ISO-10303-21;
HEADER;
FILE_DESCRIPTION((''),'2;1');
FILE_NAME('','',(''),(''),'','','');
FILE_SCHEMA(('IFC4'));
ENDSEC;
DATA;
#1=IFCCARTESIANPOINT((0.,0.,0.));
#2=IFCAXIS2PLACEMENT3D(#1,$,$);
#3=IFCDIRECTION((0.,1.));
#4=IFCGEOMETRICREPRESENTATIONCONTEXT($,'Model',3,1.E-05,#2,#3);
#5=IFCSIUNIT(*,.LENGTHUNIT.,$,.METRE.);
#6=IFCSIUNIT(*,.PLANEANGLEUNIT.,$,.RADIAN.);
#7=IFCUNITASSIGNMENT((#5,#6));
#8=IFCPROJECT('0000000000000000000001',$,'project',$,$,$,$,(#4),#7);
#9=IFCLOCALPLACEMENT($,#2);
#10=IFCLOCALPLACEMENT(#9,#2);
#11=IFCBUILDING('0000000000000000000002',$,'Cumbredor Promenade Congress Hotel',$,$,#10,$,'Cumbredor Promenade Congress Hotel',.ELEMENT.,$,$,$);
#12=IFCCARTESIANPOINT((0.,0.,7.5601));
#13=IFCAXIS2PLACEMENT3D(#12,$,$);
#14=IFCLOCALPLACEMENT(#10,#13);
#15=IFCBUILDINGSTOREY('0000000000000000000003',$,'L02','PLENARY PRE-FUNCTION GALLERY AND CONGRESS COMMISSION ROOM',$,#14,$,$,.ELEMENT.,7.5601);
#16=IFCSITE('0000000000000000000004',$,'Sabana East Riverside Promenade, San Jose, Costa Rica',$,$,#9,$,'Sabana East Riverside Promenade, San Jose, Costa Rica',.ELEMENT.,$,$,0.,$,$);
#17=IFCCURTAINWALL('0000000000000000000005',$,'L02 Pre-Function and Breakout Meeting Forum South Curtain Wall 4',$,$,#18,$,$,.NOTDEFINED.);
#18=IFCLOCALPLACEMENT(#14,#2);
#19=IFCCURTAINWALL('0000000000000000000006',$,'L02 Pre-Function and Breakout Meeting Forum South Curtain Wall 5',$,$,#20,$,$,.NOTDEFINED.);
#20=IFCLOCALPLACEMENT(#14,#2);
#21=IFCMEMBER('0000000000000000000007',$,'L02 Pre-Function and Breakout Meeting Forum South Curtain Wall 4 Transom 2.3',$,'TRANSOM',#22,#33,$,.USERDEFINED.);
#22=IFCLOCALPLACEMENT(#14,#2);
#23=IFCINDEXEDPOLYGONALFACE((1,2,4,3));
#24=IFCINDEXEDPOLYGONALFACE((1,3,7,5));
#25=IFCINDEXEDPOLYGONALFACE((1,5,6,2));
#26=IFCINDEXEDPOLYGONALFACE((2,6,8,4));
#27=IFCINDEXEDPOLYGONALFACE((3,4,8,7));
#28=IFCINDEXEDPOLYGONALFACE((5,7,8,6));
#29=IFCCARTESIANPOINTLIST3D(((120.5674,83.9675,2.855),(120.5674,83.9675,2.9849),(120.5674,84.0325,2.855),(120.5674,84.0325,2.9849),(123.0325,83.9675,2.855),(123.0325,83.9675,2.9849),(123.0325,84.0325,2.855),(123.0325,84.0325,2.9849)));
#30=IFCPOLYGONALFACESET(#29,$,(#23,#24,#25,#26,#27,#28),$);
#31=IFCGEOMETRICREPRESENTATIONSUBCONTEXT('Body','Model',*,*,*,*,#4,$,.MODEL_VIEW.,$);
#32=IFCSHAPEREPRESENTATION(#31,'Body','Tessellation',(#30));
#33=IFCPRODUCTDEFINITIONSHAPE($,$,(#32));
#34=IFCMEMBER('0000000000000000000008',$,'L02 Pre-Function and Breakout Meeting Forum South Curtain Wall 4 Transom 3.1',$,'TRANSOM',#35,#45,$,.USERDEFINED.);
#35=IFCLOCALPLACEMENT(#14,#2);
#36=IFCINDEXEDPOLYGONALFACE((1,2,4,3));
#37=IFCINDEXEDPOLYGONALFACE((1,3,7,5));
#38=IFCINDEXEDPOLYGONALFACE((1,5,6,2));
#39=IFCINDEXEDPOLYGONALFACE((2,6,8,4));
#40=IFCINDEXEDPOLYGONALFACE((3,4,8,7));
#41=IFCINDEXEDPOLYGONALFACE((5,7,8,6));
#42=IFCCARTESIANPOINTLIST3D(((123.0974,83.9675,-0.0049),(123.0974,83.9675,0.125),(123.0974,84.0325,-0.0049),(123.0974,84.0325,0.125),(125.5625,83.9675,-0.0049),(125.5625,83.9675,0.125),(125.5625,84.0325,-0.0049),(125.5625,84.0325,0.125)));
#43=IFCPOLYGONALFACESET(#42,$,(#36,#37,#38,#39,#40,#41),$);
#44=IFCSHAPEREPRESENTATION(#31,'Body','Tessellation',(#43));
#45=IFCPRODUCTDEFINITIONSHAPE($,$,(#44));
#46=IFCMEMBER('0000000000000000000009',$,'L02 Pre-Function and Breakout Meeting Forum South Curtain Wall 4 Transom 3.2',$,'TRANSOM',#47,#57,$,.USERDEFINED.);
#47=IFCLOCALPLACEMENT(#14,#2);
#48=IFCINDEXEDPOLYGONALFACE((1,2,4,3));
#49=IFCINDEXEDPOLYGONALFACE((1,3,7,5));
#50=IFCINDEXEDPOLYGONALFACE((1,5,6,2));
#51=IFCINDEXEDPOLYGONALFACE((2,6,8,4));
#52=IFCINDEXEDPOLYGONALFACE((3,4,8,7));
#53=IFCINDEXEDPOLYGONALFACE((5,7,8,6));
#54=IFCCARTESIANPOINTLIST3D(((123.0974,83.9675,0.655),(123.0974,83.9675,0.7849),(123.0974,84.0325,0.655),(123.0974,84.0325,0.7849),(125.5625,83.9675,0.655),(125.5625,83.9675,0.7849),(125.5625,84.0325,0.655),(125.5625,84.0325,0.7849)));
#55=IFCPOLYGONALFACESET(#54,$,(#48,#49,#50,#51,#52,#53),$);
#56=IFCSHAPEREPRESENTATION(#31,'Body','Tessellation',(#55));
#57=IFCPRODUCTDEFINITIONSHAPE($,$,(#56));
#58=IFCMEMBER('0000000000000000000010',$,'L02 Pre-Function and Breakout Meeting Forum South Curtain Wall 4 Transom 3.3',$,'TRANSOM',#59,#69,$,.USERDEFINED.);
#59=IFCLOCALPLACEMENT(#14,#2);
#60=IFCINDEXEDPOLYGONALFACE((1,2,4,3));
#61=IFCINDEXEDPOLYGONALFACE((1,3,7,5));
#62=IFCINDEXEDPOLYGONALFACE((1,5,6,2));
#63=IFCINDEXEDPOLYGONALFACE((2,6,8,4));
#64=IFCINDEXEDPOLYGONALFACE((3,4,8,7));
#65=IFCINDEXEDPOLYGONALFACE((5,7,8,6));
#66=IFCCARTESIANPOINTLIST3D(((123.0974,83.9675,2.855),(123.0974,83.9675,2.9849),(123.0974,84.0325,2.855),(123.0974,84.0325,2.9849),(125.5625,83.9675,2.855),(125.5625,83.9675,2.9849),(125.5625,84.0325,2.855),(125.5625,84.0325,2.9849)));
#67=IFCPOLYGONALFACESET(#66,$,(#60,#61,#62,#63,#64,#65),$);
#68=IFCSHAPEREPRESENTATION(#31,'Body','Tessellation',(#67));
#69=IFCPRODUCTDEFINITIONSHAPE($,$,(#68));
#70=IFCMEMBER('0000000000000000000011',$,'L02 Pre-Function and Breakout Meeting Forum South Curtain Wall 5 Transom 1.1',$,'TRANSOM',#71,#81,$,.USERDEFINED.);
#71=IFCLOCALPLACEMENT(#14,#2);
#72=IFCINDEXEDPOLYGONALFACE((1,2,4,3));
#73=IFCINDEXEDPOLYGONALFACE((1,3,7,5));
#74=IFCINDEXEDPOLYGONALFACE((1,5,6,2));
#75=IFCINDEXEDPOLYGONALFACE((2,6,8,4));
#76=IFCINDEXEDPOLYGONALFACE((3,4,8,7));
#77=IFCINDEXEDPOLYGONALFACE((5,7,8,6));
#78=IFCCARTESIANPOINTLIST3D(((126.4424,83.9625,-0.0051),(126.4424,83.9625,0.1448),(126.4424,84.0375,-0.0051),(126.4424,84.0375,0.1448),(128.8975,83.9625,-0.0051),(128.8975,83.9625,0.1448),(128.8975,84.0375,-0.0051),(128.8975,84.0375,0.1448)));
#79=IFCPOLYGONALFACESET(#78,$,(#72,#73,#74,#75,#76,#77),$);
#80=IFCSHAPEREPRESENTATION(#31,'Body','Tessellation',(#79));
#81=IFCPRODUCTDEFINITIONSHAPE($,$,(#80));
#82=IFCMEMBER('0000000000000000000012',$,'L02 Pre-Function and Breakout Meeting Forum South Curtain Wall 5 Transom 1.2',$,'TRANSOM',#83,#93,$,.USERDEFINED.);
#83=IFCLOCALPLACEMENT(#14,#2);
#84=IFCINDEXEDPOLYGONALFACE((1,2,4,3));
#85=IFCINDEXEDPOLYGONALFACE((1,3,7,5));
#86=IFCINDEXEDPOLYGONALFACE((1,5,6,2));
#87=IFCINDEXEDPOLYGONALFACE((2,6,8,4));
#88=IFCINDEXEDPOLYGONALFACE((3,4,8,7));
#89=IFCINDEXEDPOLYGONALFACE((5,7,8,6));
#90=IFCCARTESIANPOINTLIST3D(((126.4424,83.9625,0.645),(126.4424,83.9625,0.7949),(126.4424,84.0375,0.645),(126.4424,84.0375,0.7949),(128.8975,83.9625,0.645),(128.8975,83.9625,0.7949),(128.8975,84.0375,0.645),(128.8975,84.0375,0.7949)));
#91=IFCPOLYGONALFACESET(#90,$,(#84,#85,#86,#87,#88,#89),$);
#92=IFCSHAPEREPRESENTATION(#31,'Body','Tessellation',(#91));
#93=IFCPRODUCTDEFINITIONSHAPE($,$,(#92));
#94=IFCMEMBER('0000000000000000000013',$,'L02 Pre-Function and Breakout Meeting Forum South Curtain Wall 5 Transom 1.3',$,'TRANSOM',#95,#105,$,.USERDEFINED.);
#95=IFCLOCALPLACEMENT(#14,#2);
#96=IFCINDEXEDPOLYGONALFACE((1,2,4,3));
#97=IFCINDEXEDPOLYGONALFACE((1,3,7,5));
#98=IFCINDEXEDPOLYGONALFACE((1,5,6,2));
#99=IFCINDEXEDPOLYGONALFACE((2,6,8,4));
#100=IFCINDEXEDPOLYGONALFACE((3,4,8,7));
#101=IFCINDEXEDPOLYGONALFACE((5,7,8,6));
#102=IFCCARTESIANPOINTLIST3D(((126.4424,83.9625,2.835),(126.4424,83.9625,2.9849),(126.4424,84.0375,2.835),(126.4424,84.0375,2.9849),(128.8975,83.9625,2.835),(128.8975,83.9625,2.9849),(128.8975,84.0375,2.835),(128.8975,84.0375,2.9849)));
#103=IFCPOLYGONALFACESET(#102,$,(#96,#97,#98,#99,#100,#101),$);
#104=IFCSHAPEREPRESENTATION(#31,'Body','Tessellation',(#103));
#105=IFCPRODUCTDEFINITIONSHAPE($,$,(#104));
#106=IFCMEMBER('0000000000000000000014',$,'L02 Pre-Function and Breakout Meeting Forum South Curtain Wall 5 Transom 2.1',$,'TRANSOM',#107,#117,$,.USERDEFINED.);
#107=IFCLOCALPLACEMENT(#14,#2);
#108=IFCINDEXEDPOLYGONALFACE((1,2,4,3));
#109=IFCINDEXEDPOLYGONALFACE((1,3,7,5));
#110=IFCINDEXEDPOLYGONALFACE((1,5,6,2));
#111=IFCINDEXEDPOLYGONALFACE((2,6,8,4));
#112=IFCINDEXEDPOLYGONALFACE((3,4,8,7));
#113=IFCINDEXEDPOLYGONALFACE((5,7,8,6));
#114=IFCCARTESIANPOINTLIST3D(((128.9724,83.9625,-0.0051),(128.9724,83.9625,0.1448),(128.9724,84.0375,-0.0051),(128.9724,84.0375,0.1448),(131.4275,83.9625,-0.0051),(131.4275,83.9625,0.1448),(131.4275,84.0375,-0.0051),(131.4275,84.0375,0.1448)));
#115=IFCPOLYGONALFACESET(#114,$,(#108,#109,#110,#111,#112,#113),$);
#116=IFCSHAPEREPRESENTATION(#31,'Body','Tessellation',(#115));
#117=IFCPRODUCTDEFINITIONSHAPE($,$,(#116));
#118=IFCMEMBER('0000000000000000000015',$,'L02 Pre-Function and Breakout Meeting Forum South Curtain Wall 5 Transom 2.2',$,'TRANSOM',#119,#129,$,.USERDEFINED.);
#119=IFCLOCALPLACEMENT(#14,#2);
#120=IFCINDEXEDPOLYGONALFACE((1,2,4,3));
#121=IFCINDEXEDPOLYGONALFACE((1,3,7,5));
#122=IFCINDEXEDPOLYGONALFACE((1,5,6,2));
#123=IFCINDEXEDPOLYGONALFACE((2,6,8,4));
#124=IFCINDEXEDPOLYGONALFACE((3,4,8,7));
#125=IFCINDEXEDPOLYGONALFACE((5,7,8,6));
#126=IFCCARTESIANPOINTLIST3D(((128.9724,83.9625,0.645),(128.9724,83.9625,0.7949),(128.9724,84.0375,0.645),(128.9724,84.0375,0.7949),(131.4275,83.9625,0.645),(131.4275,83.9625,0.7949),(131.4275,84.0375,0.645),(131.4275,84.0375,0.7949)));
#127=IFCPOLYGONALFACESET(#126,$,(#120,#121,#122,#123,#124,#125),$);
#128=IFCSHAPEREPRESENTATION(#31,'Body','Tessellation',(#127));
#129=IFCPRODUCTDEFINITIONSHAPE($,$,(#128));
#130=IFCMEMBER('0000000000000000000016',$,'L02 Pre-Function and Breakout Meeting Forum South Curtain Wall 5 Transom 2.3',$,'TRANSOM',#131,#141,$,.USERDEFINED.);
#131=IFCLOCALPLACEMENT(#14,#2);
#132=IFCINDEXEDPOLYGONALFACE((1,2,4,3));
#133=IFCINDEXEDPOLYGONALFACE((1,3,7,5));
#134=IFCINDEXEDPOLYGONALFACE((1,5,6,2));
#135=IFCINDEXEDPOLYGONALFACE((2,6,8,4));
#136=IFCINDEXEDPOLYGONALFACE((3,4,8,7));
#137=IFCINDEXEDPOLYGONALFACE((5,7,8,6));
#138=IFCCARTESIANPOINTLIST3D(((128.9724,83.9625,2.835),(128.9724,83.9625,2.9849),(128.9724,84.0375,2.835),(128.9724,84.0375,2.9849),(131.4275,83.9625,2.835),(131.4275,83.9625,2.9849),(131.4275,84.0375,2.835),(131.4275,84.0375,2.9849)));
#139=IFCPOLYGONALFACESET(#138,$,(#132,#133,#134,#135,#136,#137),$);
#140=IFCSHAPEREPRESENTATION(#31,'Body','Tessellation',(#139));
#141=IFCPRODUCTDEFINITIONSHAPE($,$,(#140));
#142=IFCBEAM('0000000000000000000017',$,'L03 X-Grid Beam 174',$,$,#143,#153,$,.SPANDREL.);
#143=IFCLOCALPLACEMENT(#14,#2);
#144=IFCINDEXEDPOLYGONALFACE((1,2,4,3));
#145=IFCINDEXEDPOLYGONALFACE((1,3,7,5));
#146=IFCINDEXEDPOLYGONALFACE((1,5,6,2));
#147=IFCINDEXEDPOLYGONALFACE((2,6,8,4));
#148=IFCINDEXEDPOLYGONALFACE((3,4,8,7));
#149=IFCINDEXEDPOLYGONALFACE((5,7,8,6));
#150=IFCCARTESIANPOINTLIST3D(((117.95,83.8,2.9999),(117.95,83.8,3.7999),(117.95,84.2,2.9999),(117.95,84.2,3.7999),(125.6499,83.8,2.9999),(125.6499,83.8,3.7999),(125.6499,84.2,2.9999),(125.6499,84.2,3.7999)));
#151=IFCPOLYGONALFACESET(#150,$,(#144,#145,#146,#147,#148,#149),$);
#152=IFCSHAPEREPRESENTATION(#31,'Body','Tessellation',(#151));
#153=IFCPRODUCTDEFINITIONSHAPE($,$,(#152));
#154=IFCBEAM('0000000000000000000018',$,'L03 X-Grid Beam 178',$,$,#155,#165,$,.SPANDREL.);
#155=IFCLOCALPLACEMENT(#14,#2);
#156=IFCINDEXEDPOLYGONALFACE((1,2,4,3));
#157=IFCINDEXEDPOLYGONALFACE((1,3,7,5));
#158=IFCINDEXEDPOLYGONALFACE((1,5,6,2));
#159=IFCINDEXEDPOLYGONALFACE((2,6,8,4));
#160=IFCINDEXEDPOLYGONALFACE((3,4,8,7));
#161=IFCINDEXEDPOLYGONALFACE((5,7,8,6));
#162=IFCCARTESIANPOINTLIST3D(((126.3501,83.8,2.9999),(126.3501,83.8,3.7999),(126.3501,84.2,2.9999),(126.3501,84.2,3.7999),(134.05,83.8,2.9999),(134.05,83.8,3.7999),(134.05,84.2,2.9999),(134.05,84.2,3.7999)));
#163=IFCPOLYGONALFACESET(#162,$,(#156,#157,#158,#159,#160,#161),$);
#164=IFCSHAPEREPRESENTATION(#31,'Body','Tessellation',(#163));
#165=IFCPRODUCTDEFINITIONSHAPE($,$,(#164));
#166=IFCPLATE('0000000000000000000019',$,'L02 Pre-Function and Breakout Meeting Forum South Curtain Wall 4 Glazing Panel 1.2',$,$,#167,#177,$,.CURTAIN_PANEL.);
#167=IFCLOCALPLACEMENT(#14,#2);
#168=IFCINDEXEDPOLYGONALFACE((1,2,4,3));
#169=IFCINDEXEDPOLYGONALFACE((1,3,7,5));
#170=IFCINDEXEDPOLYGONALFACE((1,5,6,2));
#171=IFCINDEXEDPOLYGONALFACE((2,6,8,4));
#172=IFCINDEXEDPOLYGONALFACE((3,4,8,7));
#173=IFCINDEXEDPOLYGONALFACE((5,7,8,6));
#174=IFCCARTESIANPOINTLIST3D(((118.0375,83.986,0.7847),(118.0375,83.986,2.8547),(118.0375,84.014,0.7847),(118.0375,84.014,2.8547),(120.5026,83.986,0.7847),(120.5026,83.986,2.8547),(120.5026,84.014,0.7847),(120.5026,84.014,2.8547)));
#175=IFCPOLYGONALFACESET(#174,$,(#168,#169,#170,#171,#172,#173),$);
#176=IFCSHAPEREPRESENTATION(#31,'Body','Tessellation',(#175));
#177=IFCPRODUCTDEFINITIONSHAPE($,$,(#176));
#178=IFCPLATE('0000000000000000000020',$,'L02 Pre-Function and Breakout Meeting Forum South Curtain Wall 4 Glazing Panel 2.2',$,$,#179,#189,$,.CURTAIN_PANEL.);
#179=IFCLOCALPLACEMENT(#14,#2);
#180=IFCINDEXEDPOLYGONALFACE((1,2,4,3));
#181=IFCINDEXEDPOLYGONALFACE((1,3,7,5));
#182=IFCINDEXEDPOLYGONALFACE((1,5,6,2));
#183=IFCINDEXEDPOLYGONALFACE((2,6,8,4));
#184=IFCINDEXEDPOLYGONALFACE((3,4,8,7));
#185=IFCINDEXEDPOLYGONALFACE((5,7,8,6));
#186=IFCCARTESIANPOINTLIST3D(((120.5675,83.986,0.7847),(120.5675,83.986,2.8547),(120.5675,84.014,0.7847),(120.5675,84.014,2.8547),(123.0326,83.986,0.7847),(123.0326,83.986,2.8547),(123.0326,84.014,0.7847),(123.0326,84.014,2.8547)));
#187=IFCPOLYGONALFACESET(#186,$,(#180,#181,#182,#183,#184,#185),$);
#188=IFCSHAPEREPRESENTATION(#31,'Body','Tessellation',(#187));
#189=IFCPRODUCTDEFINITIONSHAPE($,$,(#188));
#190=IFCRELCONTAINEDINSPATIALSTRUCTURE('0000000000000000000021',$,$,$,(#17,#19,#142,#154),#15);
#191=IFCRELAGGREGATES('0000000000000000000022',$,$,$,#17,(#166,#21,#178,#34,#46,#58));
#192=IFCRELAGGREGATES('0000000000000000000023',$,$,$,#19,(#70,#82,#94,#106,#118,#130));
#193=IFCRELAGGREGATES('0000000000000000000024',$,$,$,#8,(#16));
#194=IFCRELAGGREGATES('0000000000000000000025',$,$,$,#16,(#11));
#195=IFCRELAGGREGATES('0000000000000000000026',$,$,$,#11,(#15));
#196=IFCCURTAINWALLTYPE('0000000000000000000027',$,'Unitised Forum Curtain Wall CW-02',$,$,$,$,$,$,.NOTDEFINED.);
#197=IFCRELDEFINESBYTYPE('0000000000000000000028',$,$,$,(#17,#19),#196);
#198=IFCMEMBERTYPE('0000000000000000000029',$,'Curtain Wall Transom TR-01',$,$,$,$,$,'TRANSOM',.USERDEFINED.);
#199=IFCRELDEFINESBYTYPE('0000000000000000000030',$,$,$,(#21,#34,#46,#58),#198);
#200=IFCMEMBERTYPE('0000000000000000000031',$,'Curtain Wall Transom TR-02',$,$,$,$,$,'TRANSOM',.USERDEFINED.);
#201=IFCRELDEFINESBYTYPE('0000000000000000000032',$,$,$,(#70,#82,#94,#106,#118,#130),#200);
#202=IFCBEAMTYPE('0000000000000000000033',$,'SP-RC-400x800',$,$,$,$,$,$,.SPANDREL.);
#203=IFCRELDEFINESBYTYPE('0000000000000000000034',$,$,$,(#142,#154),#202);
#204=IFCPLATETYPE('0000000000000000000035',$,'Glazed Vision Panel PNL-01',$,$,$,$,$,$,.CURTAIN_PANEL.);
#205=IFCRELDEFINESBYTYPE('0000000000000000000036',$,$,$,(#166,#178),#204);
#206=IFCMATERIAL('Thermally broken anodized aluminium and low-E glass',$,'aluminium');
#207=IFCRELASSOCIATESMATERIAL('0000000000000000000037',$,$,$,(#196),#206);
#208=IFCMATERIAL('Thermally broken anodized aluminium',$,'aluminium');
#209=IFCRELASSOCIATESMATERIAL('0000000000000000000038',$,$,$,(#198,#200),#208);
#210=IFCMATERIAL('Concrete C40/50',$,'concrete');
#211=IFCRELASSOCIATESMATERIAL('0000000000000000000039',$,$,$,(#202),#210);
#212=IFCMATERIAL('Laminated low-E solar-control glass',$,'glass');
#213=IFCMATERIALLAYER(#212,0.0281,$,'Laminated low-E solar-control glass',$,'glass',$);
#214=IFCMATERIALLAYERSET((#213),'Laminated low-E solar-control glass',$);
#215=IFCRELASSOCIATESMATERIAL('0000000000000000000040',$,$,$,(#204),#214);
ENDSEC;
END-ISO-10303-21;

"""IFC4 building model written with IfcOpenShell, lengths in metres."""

from ifc_helpers import new_model, si_unit, direction, frame, origin, origin_2d, place, context, subcontext, project, spatial, rectangle, extrude, material, layer, layer_set, material_profile, profile_set, type_object, element, aggregate, save


model = new_model("IFC4")

# Units and contexts
model_context = context("Model", 3, precision=1e-05, world=origin(), true_north=direction((0.0, 1.0)))
body_context = subcontext(model_context, "Body", "Model", "MODEL_VIEW")
ifc_project = project(units=[si_unit("LENGTHUNIT", "METRE"), si_unit("PLANEANGLEUNIT", "RADIAN")], contexts=[model_context])

# Site, building, storey
site_placement = place(None, origin())
site = spatial("IfcSite", under=ifc_project, at=site_placement, Name="Sabana East Riverside Promenade, San Jose, Costa Rica", LongName="Sabana East Riverside Promenade, San Jose, Costa Rica", CompositionType="ELEMENT", RefElevation=0.0)
building_placement = place(site_placement, origin())
building = spatial("IfcBuilding", under=site, at=building_placement, Name="Cumbredor Promenade Congress Hotel", LongName="Cumbredor Promenade Congress Hotel", CompositionType="ELEMENT")
storey_placement = place(building_placement, frame((0.0, 0.0, 7.5601)))
storey = spatial("IfcBuildingStorey", under=building, at=storey_placement, Name="L02", Description="PLENARY PRE-FUNCTION GALLERY AND CONGRESS COMMISSION ROOM", CompositionType="ELEMENT", Elevation=7.5601)

# Shared definitions
ifc_material_1 = material(Name="Concrete C40/50", Category="concrete")

# Curtain walls
ifc_material_2 = material(Name="Thermally broken anodized aluminium and low-E glass", Category="aluminium")
curtain_wall_type = type_object("IfcCurtainWallType", Name="Unitised Forum Curtain Wall CW-02", PredefinedType="NOTDEFINED", material=ifc_material_2)
curtain_wall_1_placement = place(storey_placement, origin())
curtain_wall_1 = element("IfcCurtainWall", 1, at=curtain_wall_1_placement, inside=storey, type_object=curtain_wall_type, Name="L02 Pre-Function and Breakout Meeting Forum South Curtain Wall 4", PredefinedType="NOTDEFINED")
ifc_material_3 = material(Name="Thermally broken anodized aluminium", Category="aluminium")
curtain_wall_2_placement = place(storey_placement, origin())
curtain_wall_2 = element("IfcCurtainWall", 2, at=curtain_wall_2_placement, inside=storey, type_object=curtain_wall_type, Name="L02 Pre-Function and Breakout Meeting Forum South Curtain Wall 5", PredefinedType="NOTDEFINED")

# Members
ifc_material_profile_1 = material_profile(ifc_material_3, rectangle(XDim=0.0649, YDim=0.1299, at=origin_2d()), Name="ALU TRANSOM 65x130")
ifc_profile_set_1 = profile_set([ifc_material_profile_1], Name="Thermally broken anodized aluminium")
member_type_1 = type_object("IfcMemberType", Name="Curtain Wall Transom TR-01", ElementType="TRANSOM", PredefinedType="USERDEFINED", material=ifc_profile_set_1)
member_1_placement = place(storey_placement, frame((120.5674, 84.0, 2.9199), z_axis=(1.0, 0.0, 0.0), x_axis=(0.0, 1.0, 0.0)))
member_1 = element("IfcMember", 3, at=member_1_placement, type_object=member_type_1, Name="L02 Pre-Function and Breakout Meeting Forum South Curtain Wall 4 Transom 2.3", ObjectType="TRANSOM", PredefinedType="USERDEFINED", context=body_context, shape_type="SweptSolid", body=[
    extrude(rectangle(XDim=0.0649, YDim=0.1299, at=origin_2d()), origin(), (0.0, 0.0, 1.0), 2.4651),
])
member_2_placement = place(storey_placement, frame((123.0974, 84.0, 0.0601), z_axis=(1.0, 0.0, 0.0), x_axis=(0.0, 1.0, 0.0)))
member_2 = element("IfcMember", 4, at=member_2_placement, type_object=member_type_1, Name="L02 Pre-Function and Breakout Meeting Forum South Curtain Wall 4 Transom 3.1", ObjectType="TRANSOM", PredefinedType="USERDEFINED", context=body_context, shape_type="SweptSolid", body=[
    extrude(rectangle(XDim=0.0649, YDim=0.1299, at=origin_2d()), origin(), (0.0, 0.0, 1.0), 2.4651),
])
member_3_placement = place(storey_placement, frame((123.0974, 84.0, 0.72), z_axis=(1.0, 0.0, 0.0), x_axis=(0.0, 1.0, 0.0)))
member_3 = element("IfcMember", 5, at=member_3_placement, type_object=member_type_1, Name="L02 Pre-Function and Breakout Meeting Forum South Curtain Wall 4 Transom 3.2", ObjectType="TRANSOM", PredefinedType="USERDEFINED", context=body_context, shape_type="SweptSolid", body=[
    extrude(rectangle(XDim=0.0649, YDim=0.1299, at=origin_2d()), origin(), (0.0, 0.0, 1.0), 2.4651),
])
member_4_placement = place(storey_placement, frame((123.0974, 84.0, 2.9199), z_axis=(1.0, 0.0, 0.0), x_axis=(0.0, 1.0, 0.0)))
member_4 = element("IfcMember", 6, at=member_4_placement, type_object=member_type_1, Name="L02 Pre-Function and Breakout Meeting Forum South Curtain Wall 4 Transom 3.3", ObjectType="TRANSOM", PredefinedType="USERDEFINED", context=body_context, shape_type="SweptSolid", body=[
    extrude(rectangle(XDim=0.0649, YDim=0.1299, at=origin_2d()), origin(), (0.0, 0.0, 1.0), 2.4651),
])
ifc_material_profile_2 = material_profile(ifc_material_3, rectangle(XDim=0.075, YDim=0.1499, at=origin_2d()), Name="ALU TRANSOM 75x150")
ifc_profile_set_2 = profile_set([ifc_material_profile_2], Name="Thermally broken anodized aluminium")
member_type_2 = type_object("IfcMemberType", Name="Curtain Wall Transom TR-02", ElementType="TRANSOM", PredefinedType="USERDEFINED", material=ifc_profile_set_2)
member_5_placement = place(storey_placement, frame((126.4424, 84.0, 0.0698), z_axis=(1.0, 0.0, 0.0), x_axis=(0.0, 1.0, 0.0)))
member_5 = element("IfcMember", 7, at=member_5_placement, type_object=member_type_2, Name="L02 Pre-Function and Breakout Meeting Forum South Curtain Wall 5 Transom 1.1", ObjectType="TRANSOM", PredefinedType="USERDEFINED", context=body_context, shape_type="SweptSolid", body=[
    extrude(rectangle(XDim=0.075, YDim=0.1499, at=origin_2d()), origin(), (0.0, 0.0, 1.0), 2.4551),
])
member_6_placement = place(storey_placement, frame((126.4424, 84.0, 0.72), z_axis=(1.0, 0.0, 0.0), x_axis=(0.0, 1.0, 0.0)))
member_6 = element("IfcMember", 8, at=member_6_placement, type_object=member_type_2, Name="L02 Pre-Function and Breakout Meeting Forum South Curtain Wall 5 Transom 1.2", ObjectType="TRANSOM", PredefinedType="USERDEFINED", context=body_context, shape_type="SweptSolid", body=[
    extrude(rectangle(XDim=0.075, YDim=0.1499, at=origin_2d()), origin(), (0.0, 0.0, 1.0), 2.4551),
])
member_7_placement = place(storey_placement, frame((126.4424, 84.0, 2.9099), z_axis=(1.0, 0.0, 0.0), x_axis=(0.0, 1.0, 0.0)))
member_7 = element("IfcMember", 9, at=member_7_placement, type_object=member_type_2, Name="L02 Pre-Function and Breakout Meeting Forum South Curtain Wall 5 Transom 1.3", ObjectType="TRANSOM", PredefinedType="USERDEFINED", context=body_context, shape_type="SweptSolid", body=[
    extrude(rectangle(XDim=0.075, YDim=0.1499, at=origin_2d()), origin(), (0.0, 0.0, 1.0), 2.4551),
])
member_8_placement = place(storey_placement, frame((128.9724, 84.0, 0.0698), z_axis=(1.0, 0.0, 0.0), x_axis=(0.0, 1.0, 0.0)))
member_8 = element("IfcMember", 10, at=member_8_placement, type_object=member_type_2, Name="L02 Pre-Function and Breakout Meeting Forum South Curtain Wall 5 Transom 2.1", ObjectType="TRANSOM", PredefinedType="USERDEFINED", context=body_context, shape_type="SweptSolid", body=[
    extrude(rectangle(XDim=0.075, YDim=0.1499, at=origin_2d()), origin(), (0.0, 0.0, 1.0), 2.4551),
])
member_9_placement = place(storey_placement, frame((128.9724, 84.0, 0.72), z_axis=(1.0, 0.0, 0.0), x_axis=(0.0, 1.0, 0.0)))
member_9 = element("IfcMember", 11, at=member_9_placement, type_object=member_type_2, Name="L02 Pre-Function and Breakout Meeting Forum South Curtain Wall 5 Transom 2.2", ObjectType="TRANSOM", PredefinedType="USERDEFINED", context=body_context, shape_type="SweptSolid", body=[
    extrude(rectangle(XDim=0.075, YDim=0.1499, at=origin_2d()), origin(), (0.0, 0.0, 1.0), 2.4551),
])
member_10_placement = place(storey_placement, frame((128.9724, 84.0, 2.9099), z_axis=(1.0, 0.0, 0.0), x_axis=(0.0, 1.0, 0.0)))
member_10 = element("IfcMember", 12, at=member_10_placement, type_object=member_type_2, Name="L02 Pre-Function and Breakout Meeting Forum South Curtain Wall 5 Transom 2.3", ObjectType="TRANSOM", PredefinedType="USERDEFINED", context=body_context, shape_type="SweptSolid", body=[
    extrude(rectangle(XDim=0.075, YDim=0.1499, at=origin_2d()), origin(), (0.0, 0.0, 1.0), 2.4551),
])

# Beams
ifc_material_profile_3 = material_profile(ifc_material_1, rectangle(XDim=0.3999, YDim=0.8, at=origin_2d()), Name="RC SPANDREL 400x800")
ifc_profile_set_3 = profile_set([ifc_material_profile_3], Name="Concrete C40/50")
beam_type_1 = type_object("IfcBeamType", Name="SP-RC-400x800", PredefinedType="SPANDREL", material=ifc_profile_set_3)
for number, where, z_axis, x_axis, name in (
    (13, (117.95, 84.0, 3.3999), (1.0, 0.0, 0.0), (0.0, 1.0, 0.0), "L03 X-Grid Beam 174"),
    (14, (126.3501, 84.0, 3.3999), (1.0, 0.0, 0.0), (0.0, 1.0, 0.0), "L03 X-Grid Beam 178"),
):
    element("IfcBeam", number, at=place(storey_placement, frame(where, z_axis=z_axis, x_axis=x_axis)), inside=storey, type_object=beam_type_1, Name=name, PredefinedType="SPANDREL", context=body_context, shape_type="SweptSolid", body=[
        extrude(rectangle(XDim=0.3999, YDim=0.8, at=origin_2d()), origin(), (0.0, 0.0, 1.0), 7.7),
    ])

# Plates
ifc_material_4 = material(Name="Laminated low-E solar-control glass", Category="glass")
ifc_layer_1 = layer(ifc_material_4, 0.0281, Name="Laminated low-E solar-control glass", Category="glass")
ifc_layer_set_1 = layer_set([ifc_layer_1], Name="Laminated low-E solar-control glass")
plate_type_1 = type_object("IfcPlateType", Name="Glazed Vision Panel PNL-01", PredefinedType="CURTAIN_PANEL", material=ifc_layer_set_1)
plate_1_placement = place(storey_placement, frame((119.27, 84.0, 0.7847), z_axis=(0.0, 0.0, 1.0), x_axis=(1.0, 0.0, 0.0)))
plate_1 = element("IfcPlate", 15, at=plate_1_placement, type_object=plate_type_1, Name="L02 Pre-Function and Breakout Meeting Forum South Curtain Wall 4 Glazing Panel 1.2", PredefinedType="CURTAIN_PANEL", context=body_context, shape_type="SweptSolid", body=[
    extrude(rectangle(XDim=2.4651, YDim=0.0281, at=origin_2d()), origin(), (0.0, 0.0, 1.0), 2.0701),
])
plate_2_placement = place(storey_placement, frame((121.8, 84.0, 0.7847), z_axis=(0.0, 0.0, 1.0), x_axis=(1.0, 0.0, 0.0)))
plate_2 = element("IfcPlate", 16, at=plate_2_placement, type_object=plate_type_1, Name="L02 Pre-Function and Breakout Meeting Forum South Curtain Wall 4 Glazing Panel 2.2", PredefinedType="CURTAIN_PANEL", context=body_context, shape_type="SweptSolid", body=[
    extrude(rectangle(XDim=2.4651, YDim=0.0281, at=origin_2d()), origin(), (0.0, 0.0, 1.0), 2.0701),
])
aggregate(curtain_wall_1, [plate_1, member_1, plate_2, member_2, member_3, member_4])
aggregate(curtain_wall_2, [member_5, member_6, member_7, member_8, member_9, member_10])

save(model, "model.ifc")
